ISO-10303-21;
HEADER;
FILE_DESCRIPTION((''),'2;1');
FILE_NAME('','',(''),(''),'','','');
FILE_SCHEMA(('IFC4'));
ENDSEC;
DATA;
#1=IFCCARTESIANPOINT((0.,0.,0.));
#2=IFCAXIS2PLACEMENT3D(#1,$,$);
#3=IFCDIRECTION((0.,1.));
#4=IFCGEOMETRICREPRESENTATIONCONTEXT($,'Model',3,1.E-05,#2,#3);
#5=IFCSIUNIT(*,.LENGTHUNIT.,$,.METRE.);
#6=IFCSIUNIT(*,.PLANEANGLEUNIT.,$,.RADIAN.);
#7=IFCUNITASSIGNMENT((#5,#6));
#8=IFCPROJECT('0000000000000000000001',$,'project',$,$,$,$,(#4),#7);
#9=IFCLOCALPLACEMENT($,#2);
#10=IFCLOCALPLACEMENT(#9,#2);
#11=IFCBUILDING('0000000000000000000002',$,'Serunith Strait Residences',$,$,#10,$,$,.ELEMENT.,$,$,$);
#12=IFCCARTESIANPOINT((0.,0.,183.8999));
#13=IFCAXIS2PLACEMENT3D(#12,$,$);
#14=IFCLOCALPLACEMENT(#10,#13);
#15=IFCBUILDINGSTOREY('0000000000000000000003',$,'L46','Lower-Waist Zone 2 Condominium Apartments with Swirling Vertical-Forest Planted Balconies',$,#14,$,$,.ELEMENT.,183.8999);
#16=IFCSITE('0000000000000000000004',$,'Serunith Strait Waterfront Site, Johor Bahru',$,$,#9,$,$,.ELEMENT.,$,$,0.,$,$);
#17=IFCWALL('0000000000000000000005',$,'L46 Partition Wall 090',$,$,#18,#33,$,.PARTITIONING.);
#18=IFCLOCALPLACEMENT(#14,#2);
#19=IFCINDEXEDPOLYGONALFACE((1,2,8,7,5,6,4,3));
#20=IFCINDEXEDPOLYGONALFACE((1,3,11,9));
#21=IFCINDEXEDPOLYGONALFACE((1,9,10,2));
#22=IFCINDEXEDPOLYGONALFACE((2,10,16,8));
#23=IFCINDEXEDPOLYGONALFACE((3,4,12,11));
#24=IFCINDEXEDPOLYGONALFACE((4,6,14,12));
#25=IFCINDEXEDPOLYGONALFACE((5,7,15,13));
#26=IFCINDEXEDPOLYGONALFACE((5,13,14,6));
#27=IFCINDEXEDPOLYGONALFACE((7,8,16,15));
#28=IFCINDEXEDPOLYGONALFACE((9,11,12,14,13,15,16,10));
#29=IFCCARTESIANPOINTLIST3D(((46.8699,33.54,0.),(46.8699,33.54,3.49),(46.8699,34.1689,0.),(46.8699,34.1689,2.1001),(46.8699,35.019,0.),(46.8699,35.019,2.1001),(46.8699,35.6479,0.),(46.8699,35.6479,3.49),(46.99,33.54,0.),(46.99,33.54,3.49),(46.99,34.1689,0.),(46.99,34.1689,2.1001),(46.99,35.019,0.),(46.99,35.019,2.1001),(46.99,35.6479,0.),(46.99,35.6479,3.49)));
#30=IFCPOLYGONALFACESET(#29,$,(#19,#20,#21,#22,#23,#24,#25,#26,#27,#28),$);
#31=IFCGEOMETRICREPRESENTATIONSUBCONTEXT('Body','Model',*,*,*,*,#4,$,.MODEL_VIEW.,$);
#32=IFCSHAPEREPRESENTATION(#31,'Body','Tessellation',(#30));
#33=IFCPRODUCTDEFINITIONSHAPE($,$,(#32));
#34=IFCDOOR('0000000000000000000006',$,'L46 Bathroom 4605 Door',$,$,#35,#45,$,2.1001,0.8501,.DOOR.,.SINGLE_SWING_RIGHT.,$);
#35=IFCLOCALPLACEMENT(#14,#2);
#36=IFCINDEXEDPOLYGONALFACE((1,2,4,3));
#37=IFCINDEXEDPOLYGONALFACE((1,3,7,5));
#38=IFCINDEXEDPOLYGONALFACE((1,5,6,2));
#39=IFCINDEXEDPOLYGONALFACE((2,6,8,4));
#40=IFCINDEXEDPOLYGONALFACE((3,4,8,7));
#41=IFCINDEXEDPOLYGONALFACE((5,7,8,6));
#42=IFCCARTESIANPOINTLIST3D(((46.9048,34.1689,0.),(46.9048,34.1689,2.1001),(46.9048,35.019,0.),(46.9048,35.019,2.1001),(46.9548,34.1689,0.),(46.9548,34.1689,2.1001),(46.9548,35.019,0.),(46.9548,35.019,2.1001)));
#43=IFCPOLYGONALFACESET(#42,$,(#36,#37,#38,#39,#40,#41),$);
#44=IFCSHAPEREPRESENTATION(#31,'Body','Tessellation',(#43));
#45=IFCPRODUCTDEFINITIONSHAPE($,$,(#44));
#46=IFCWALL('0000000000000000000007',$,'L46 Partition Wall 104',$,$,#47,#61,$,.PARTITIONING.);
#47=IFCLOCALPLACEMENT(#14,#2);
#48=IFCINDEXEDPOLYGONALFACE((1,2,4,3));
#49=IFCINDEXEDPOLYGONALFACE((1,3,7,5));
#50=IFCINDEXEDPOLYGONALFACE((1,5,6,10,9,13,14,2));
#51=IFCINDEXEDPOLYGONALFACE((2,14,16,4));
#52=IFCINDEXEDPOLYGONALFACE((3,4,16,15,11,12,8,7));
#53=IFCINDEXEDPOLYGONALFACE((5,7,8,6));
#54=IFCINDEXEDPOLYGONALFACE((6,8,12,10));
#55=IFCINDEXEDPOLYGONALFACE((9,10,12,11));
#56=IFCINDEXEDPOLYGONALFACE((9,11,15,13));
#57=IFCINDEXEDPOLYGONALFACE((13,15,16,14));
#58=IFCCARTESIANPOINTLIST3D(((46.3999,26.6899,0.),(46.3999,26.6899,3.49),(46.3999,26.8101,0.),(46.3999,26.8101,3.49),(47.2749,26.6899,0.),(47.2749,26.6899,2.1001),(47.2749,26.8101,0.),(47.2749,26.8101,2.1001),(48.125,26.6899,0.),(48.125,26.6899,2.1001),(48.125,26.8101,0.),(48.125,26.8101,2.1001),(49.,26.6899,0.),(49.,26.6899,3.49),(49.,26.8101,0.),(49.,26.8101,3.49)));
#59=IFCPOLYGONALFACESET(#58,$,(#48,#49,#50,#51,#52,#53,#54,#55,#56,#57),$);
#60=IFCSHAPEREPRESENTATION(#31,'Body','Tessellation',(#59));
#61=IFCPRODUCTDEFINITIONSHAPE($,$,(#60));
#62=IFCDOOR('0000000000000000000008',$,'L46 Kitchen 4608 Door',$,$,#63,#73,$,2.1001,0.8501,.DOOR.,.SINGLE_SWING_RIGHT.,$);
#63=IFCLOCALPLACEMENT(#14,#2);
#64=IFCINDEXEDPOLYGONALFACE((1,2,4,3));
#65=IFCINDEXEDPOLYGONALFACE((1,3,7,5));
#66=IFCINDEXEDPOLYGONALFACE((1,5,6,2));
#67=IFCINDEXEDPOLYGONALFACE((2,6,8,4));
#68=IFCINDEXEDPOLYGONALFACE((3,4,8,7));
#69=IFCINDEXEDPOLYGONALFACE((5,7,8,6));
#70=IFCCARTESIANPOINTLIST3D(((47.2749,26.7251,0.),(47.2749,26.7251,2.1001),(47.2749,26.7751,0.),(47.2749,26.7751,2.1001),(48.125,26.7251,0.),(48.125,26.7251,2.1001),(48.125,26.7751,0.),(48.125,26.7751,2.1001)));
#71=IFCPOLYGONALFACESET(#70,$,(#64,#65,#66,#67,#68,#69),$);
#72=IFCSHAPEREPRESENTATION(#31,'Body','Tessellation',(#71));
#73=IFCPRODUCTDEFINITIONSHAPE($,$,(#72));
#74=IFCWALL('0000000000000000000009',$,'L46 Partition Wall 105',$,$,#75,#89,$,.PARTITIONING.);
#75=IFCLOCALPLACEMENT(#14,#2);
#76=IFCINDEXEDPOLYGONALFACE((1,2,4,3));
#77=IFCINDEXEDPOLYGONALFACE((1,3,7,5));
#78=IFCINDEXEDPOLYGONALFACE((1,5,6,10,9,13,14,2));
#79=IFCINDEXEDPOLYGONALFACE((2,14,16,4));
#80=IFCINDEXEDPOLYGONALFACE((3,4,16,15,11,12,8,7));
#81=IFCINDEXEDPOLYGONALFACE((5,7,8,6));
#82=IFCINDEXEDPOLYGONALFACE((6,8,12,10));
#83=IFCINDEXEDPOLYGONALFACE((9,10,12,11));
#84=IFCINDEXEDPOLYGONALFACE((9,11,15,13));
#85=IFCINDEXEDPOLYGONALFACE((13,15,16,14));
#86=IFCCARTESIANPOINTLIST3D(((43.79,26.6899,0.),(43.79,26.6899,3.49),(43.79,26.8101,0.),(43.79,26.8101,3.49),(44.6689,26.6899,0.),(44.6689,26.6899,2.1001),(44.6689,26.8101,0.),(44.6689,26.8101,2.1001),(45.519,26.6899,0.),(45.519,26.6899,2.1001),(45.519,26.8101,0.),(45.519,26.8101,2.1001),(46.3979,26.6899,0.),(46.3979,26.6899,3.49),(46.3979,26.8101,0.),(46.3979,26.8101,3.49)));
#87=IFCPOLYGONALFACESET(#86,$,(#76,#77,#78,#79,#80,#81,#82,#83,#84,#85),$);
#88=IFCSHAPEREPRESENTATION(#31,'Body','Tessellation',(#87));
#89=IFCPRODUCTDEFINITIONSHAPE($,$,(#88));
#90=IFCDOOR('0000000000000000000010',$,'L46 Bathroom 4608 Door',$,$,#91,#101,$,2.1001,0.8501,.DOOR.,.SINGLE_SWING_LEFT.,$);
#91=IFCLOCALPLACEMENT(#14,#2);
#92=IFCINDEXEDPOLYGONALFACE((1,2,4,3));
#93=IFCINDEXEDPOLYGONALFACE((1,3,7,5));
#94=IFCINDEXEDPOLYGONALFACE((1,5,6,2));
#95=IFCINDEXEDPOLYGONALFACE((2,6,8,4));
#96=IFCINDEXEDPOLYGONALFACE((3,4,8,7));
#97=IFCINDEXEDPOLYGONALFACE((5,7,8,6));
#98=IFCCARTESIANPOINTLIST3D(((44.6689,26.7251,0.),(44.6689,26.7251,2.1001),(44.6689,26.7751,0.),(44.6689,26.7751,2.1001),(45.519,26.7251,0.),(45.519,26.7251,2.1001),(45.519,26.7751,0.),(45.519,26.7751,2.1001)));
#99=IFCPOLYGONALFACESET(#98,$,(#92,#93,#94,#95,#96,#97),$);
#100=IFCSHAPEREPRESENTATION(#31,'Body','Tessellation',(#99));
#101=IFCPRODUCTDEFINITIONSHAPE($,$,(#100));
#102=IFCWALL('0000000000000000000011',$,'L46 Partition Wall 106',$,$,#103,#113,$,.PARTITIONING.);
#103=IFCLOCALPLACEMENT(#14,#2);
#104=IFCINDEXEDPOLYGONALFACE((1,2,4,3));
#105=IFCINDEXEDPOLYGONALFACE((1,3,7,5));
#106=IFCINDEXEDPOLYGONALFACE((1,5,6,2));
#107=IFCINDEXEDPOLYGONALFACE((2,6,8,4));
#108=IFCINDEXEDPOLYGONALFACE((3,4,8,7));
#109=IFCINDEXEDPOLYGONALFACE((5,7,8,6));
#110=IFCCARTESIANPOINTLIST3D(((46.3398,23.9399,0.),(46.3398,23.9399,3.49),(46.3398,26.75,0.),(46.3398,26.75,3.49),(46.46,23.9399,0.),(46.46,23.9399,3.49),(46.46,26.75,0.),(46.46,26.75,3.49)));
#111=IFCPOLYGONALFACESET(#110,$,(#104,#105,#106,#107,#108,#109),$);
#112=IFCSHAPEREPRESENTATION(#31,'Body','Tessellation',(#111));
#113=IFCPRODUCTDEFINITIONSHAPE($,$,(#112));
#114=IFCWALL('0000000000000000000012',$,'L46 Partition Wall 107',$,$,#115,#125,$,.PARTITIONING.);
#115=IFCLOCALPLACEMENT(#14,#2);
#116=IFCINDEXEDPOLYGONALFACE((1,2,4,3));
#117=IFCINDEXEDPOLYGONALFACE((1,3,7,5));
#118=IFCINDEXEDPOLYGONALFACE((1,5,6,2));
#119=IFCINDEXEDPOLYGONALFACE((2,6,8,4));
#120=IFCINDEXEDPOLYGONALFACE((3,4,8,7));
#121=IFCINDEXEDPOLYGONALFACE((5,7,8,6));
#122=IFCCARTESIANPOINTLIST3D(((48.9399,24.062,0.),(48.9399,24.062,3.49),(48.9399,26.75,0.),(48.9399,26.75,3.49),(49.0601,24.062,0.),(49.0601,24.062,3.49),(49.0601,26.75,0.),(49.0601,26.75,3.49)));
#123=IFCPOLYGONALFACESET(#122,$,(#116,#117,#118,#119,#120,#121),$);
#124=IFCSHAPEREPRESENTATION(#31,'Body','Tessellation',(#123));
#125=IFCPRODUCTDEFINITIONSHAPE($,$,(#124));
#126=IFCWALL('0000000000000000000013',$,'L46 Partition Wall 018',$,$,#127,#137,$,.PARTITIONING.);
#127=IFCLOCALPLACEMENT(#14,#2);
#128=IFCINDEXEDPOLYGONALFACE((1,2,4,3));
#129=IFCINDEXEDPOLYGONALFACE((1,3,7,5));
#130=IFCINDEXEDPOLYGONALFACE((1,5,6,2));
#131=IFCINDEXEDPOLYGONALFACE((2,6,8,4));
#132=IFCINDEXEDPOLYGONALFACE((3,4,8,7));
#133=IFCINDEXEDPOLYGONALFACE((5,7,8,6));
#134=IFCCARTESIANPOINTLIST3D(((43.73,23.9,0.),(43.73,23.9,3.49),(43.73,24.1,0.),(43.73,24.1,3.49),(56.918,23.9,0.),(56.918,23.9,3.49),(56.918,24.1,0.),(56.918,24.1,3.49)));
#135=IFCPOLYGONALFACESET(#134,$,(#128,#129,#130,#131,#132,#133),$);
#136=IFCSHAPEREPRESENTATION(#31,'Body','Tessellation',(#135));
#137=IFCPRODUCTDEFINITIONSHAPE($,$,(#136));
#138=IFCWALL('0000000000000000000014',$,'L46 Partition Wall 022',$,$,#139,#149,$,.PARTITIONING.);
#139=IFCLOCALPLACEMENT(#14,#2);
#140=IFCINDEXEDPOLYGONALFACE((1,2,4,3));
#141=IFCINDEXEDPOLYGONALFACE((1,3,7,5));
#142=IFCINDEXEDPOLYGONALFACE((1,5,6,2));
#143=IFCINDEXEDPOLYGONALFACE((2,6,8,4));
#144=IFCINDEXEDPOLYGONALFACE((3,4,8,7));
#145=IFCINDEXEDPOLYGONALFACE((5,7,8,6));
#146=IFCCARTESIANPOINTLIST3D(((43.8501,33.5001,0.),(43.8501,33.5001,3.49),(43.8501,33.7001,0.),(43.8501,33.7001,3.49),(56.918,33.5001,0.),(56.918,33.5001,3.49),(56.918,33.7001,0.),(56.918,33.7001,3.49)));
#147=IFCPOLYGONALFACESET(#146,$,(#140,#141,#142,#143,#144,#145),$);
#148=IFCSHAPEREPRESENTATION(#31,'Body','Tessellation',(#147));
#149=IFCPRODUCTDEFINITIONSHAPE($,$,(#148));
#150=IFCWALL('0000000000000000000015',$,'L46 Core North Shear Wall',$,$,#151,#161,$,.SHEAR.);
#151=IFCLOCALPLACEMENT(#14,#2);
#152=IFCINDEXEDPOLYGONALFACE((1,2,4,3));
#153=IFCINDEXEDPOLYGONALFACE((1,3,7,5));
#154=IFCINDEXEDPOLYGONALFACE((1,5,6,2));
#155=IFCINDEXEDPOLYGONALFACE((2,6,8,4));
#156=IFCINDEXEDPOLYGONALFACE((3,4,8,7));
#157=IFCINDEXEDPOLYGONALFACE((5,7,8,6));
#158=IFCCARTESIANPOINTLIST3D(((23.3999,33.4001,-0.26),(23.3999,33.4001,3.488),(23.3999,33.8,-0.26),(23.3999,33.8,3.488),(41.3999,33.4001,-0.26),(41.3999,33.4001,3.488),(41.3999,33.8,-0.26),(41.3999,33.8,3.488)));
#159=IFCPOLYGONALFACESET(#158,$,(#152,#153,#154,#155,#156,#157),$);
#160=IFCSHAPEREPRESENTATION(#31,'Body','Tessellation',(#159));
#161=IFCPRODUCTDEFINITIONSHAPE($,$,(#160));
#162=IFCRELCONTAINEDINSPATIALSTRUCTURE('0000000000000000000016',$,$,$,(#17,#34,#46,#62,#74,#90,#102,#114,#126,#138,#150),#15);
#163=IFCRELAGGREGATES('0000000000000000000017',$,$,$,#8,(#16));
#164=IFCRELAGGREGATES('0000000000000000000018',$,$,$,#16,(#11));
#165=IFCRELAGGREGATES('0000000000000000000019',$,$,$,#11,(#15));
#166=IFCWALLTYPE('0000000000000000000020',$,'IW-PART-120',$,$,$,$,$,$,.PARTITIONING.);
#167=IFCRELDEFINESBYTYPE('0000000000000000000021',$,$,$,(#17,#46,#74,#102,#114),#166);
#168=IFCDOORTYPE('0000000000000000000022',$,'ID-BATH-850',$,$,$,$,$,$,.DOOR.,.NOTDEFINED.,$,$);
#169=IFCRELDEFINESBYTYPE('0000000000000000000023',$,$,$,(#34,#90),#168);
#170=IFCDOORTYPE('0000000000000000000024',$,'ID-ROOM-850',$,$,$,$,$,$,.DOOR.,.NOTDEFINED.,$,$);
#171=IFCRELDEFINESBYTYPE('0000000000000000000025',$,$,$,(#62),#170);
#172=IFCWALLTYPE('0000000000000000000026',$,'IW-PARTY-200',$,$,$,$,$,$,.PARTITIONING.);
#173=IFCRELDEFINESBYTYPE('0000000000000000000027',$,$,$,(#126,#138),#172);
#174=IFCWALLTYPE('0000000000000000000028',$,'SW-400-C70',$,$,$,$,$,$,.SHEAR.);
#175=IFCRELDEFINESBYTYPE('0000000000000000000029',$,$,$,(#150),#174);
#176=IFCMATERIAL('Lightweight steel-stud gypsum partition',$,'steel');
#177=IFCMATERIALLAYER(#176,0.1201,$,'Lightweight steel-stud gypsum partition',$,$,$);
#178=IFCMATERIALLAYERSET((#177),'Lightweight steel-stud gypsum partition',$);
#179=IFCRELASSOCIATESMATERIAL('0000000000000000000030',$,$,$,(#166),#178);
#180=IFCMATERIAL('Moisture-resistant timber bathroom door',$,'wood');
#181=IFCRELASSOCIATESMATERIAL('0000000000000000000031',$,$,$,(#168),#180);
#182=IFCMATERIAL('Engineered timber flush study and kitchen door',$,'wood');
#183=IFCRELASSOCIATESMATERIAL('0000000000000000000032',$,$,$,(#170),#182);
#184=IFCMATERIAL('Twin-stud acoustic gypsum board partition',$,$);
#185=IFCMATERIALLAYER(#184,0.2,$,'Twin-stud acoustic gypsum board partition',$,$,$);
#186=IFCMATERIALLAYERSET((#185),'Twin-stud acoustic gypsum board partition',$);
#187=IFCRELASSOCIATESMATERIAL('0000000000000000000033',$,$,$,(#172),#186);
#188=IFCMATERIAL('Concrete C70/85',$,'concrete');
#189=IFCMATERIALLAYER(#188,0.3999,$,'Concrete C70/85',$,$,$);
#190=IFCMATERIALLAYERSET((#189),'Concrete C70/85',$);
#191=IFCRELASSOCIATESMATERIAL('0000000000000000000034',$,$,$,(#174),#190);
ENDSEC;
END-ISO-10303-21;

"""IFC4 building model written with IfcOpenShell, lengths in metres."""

from ifc_helpers import new_model, si_unit, direction, frame, frame_2d, origin, place, context, subcontext, project, spatial, rectangle, extrude, source, transform, mapped, material, layer, layer_set, type_object, element, fill, save


model = new_model("IFC4")

# Units and contexts
model_context = context("Model", 3, precision=1e-05, world=origin(), true_north=direction((0.0, 1.0)))
body_context = subcontext(model_context, "Body", "Model", "MODEL_VIEW")
ifc_project = project(units=[si_unit("LENGTHUNIT", "METRE"), si_unit("PLANEANGLEUNIT", "RADIAN")], contexts=[model_context])

# Site, building, storey
site_placement = place(None, origin())
site = spatial("IfcSite", under=ifc_project, at=site_placement, Name="Serunith Strait Waterfront Site, Johor Bahru", CompositionType="ELEMENT", RefElevation=0.0)
building_placement = place(site_placement, origin())
building = spatial("IfcBuilding", under=site, at=building_placement, Name="Serunith Strait Residences", CompositionType="ELEMENT")
storey_placement = place(building_placement, frame((0.0, 0.0, 183.8999)))
storey = spatial("IfcBuildingStorey", under=building, at=storey_placement, Name="L46", Description="Lower-Waist Zone 2 Condominium Apartments with Swirling Vertical-Forest Planted Balconies", CompositionType="ELEMENT", Elevation=183.8999)

# Shared definitions
ifc_material_1 = material(Name="Lightweight steel-stud gypsum partition", Category="steel")
ifc_layer_1 = layer(ifc_material_1, 0.1201, Name="Lightweight steel-stud gypsum partition")
ifc_layer_set_1 = layer_set([ifc_layer_1], Name="Lightweight steel-stud gypsum partition")
wall_type_1 = type_object("IfcWallType", Name="IW-PART-120", PredefinedType="PARTITIONING", material=ifc_layer_set_1)

# Walls, openings, doors
wall_1_placement = place(storey_placement, frame((46.9299, 35.6479, 0.0), z_axis=(0.0, 0.0, 1.0), x_axis=(0.0, -1.0, 0.0)))
wall_1 = element("IfcWall", 1, at=wall_1_placement, inside=storey, type_object=wall_type_1, Name="L46 Partition Wall 090", PredefinedType="PARTITIONING", context=body_context, shape_type="SweptSolid", body=[
    extrude(rectangle(XDim=2.1079, YDim=0.1201, at=frame_2d((1.054, 0.0))), origin(), (0.0, 0.0, 1.0), 3.49),
])
opening_1_placement = place(wall_1_placement, frame((0.6289, 0.0, 0.0)))
opening_1 = element("IfcOpeningElement", 2, at=opening_1_placement, cuts=wall_1, PredefinedType="OPENING", context=body_context, shape_type="SweptSolid", body=[
    extrude(rectangle(XDim=0.8501, YDim=2.1001, at=frame_2d((0.425, 1.05))), frame((0.0, 0.0701, 0.0), z_axis=(0.0, -1.0, 0.0), x_axis=(1.0, 0.0, 0.0)), (0.0, 0.0, 1.0), 0.1401),
])
ifc_material_2 = material(Name="Moisture-resistant timber bathroom door", Category="wood")
door_type_1 = type_object("IfcDoorType", Name="ID-BATH-850", OperationType="NOTDEFINED", PredefinedType="DOOR", material=ifc_material_2)
shared_shape_1 = source(origin(), body_context, "Body", "SweptSolid", [
    extrude(rectangle(XDim=0.8501, YDim=2.1001, at=frame_2d((0.425, 1.05))), frame((0.0, 0.0249, 0.0), z_axis=(0.0, -1.0, 0.0), x_axis=(1.0, 0.0, 0.0)), (0.0, 0.0, 1.0), 0.05),
])
door_1_placement = place(opening_1_placement, origin())
door_1 = element("IfcDoor", 3, at=door_1_placement, inside=storey, type_object=door_type_1, Name="L46 Bathroom 4605 Door", OperationType="SINGLE_SWING_RIGHT", OverallHeight=2.1001, OverallWidth=0.8501, PredefinedType="DOOR", context=body_context, shape_type="MappedRepresentation", body=[
    mapped(shared_shape_1, transform((0.0, 0.0, 0.0), scale=1.0)),
])
fill(opening_1, door_1)
wall_2_placement = place(storey_placement, frame((49.0, 26.75, 0.0), z_axis=(0.0, 0.0, 1.0), x_axis=(-1.0, 0.0, 0.0)))
wall_2 = element("IfcWall", 4, at=wall_2_placement, inside=storey, type_object=wall_type_1, Name="L46 Partition Wall 104", PredefinedType="PARTITIONING", context=body_context, shape_type="SweptSolid", body=[
    extrude(rectangle(XDim=2.6001, YDim=0.1201, at=frame_2d((1.3, 0.0))), origin(), (0.0, 0.0, 1.0), 3.49),
])
opening_2_placement = place(wall_2_placement, frame((0.875, 0.0, 0.0)))
opening_2 = element("IfcOpeningElement", 5, at=opening_2_placement, cuts=wall_2, PredefinedType="OPENING", context=body_context, shape_type="SweptSolid", body=[
    extrude(rectangle(XDim=0.8501, YDim=2.1001, at=frame_2d((0.425, 1.05))), frame((0.0, 0.0701, 0.0), z_axis=(0.0, -1.0, 0.0), x_axis=(1.0, 0.0, 0.0)), (0.0, 0.0, 1.0), 0.1401),
])
ifc_material_3 = material(Name="Engineered timber flush study and kitchen door", Category="wood")
door_type_2 = type_object("IfcDoorType", Name="ID-ROOM-850", OperationType="NOTDEFINED", PredefinedType="DOOR", material=ifc_material_3)
door_2_placement = place(opening_2_placement, origin())
door_2 = element("IfcDoor", 6, at=door_2_placement, inside=storey, type_object=door_type_2, Name="L46 Kitchen 4608 Door", OperationType="SINGLE_SWING_RIGHT", OverallHeight=2.1001, OverallWidth=0.8501, PredefinedType="DOOR", context=body_context, shape_type="MappedRepresentation", body=[
    mapped(shared_shape_1, transform((0.0, 0.0, 0.0), scale=1.0)),
])
fill(opening_2, door_2)
wall_3_placement = place(storey_placement, frame((46.3979, 26.75, 0.0), z_axis=(0.0, 0.0, 1.0), x_axis=(-1.0, 0.0, 0.0)))
wall_3 = element("IfcWall", 7, at=wall_3_placement, inside=storey, type_object=wall_type_1, Name="L46 Partition Wall 105", PredefinedType="PARTITIONING", context=body_context, shape_type="SweptSolid", body=[
    extrude(rectangle(XDim=2.6079, YDim=0.1201, at=frame_2d((1.304, 0.0))), origin(), (0.0, 0.0, 1.0), 3.49),
])
opening_3_placement = place(wall_3_placement, frame((0.8789, 0.0, 0.0)))
opening_3 = element("IfcOpeningElement", 8, at=opening_3_placement, cuts=wall_3, PredefinedType="OPENING", context=body_context, shape_type="SweptSolid", body=[
    extrude(rectangle(XDim=0.8501, YDim=2.1001, at=frame_2d((0.425, 1.05))), frame((0.0, 0.0701, 0.0), z_axis=(0.0, -1.0, 0.0), x_axis=(1.0, 0.0, 0.0)), (0.0, 0.0, 1.0), 0.1401),
])
door_3_placement = place(opening_3_placement, origin())
door_3 = element("IfcDoor", 9, at=door_3_placement, inside=storey, type_object=door_type_1, Name="L46 Bathroom 4608 Door", OperationType="SINGLE_SWING_LEFT", OverallHeight=2.1001, OverallWidth=0.8501, PredefinedType="DOOR", context=body_context, shape_type="MappedRepresentation", body=[
    mapped(shared_shape_1, transform((0.0, 0.0, 0.0), scale=1.0)),
])
fill(opening_3, door_3)

# Walls
wall_4_placement = place(storey_placement, frame((46.3999, 23.9399, 0.0), z_axis=(0.0, 0.0, 1.0), x_axis=(0.0, 1.0, 0.0)))
element("IfcWall", 10, at=wall_4_placement, inside=storey, type_object=wall_type_1, Name="L46 Partition Wall 106", PredefinedType="PARTITIONING", context=body_context, shape_type="SweptSolid", body=[
    extrude(rectangle(XDim=2.8101, YDim=0.1201, at=frame_2d((1.405, 0.0))), origin(), (0.0, 0.0, 1.0), 3.49),
])
wall_5_placement = place(storey_placement, frame((49.0, 24.062, 0.0), z_axis=(0.0, 0.0, 1.0), x_axis=(0.0, 1.0, 0.0)))
element("IfcWall", 11, at=wall_5_placement, inside=storey, type_object=wall_type_1, Name="L46 Partition Wall 107", PredefinedType="PARTITIONING", context=body_context, shape_type="SweptSolid", body=[
    extrude(rectangle(XDim=2.688, YDim=0.1201, at=frame_2d((1.344, 0.0))), origin(), (0.0, 0.0, 1.0), 3.49),
])
ifc_material_4 = material(Name="Twin-stud acoustic gypsum board partition")
ifc_layer_2 = layer(ifc_material_4, 0.2, Name="Twin-stud acoustic gypsum board partition")
ifc_layer_set_2 = layer_set([ifc_layer_2], Name="Twin-stud acoustic gypsum board partition")
wall_type_2 = type_object("IfcWallType", Name="IW-PARTY-200", PredefinedType="PARTITIONING", material=ifc_layer_set_2)
wall_6_placement = place(storey_placement, frame((43.73, 24.0, 0.0), z_axis=(0.0, 0.0, 1.0), x_axis=(1.0, 0.0, 0.0)))
element("IfcWall", 12, at=wall_6_placement, inside=storey, type_object=wall_type_2, Name="L46 Partition Wall 018", PredefinedType="PARTITIONING", context=body_context, shape_type="SweptSolid", body=[
    extrude(rectangle(XDim=13.188, YDim=0.2, at=frame_2d((6.594, 0.0))), origin(), (0.0, 0.0, 1.0), 3.49),
])
wall_7_placement = place(storey_placement, frame((43.8501, 33.6001, 0.0), z_axis=(0.0, 0.0, 1.0), x_axis=(1.0, 0.0, 0.0)))
element("IfcWall", 13, at=wall_7_placement, inside=storey, type_object=wall_type_2, Name="L46 Partition Wall 022", PredefinedType="PARTITIONING", context=body_context, shape_type="SweptSolid", body=[
    extrude(rectangle(XDim=13.0679, YDim=0.2, at=frame_2d((6.5339, 0.0))), origin(), (0.0, 0.0, 1.0), 3.49),
])
ifc_material_5 = material(Name="Concrete C70/85", Category="concrete")
ifc_layer_3 = layer(ifc_material_5, 0.3999, Name="Concrete C70/85")
ifc_layer_set_3 = layer_set([ifc_layer_3], Name="Concrete C70/85")
wall_type_3 = type_object("IfcWallType", Name="SW-400-C70", PredefinedType="SHEAR", material=ifc_layer_set_3)
wall_8_placement = place(storey_placement, frame((41.3999, 33.6001, -0.26), z_axis=(0.0, 0.0, 1.0), x_axis=(-1.0, 0.0, 0.0)))
element("IfcWall", 14, at=wall_8_placement, inside=storey, type_object=wall_type_3, Name="L46 Core North Shear Wall", PredefinedType="SHEAR", context=body_context, shape_type="SweptSolid", body=[
    extrude(rectangle(XDim=18.0, YDim=0.3999, at=frame_2d((9.0, 0.0))), origin(), (0.0, 0.0, 1.0), 3.748),
])

save(model, "model.ifc")
